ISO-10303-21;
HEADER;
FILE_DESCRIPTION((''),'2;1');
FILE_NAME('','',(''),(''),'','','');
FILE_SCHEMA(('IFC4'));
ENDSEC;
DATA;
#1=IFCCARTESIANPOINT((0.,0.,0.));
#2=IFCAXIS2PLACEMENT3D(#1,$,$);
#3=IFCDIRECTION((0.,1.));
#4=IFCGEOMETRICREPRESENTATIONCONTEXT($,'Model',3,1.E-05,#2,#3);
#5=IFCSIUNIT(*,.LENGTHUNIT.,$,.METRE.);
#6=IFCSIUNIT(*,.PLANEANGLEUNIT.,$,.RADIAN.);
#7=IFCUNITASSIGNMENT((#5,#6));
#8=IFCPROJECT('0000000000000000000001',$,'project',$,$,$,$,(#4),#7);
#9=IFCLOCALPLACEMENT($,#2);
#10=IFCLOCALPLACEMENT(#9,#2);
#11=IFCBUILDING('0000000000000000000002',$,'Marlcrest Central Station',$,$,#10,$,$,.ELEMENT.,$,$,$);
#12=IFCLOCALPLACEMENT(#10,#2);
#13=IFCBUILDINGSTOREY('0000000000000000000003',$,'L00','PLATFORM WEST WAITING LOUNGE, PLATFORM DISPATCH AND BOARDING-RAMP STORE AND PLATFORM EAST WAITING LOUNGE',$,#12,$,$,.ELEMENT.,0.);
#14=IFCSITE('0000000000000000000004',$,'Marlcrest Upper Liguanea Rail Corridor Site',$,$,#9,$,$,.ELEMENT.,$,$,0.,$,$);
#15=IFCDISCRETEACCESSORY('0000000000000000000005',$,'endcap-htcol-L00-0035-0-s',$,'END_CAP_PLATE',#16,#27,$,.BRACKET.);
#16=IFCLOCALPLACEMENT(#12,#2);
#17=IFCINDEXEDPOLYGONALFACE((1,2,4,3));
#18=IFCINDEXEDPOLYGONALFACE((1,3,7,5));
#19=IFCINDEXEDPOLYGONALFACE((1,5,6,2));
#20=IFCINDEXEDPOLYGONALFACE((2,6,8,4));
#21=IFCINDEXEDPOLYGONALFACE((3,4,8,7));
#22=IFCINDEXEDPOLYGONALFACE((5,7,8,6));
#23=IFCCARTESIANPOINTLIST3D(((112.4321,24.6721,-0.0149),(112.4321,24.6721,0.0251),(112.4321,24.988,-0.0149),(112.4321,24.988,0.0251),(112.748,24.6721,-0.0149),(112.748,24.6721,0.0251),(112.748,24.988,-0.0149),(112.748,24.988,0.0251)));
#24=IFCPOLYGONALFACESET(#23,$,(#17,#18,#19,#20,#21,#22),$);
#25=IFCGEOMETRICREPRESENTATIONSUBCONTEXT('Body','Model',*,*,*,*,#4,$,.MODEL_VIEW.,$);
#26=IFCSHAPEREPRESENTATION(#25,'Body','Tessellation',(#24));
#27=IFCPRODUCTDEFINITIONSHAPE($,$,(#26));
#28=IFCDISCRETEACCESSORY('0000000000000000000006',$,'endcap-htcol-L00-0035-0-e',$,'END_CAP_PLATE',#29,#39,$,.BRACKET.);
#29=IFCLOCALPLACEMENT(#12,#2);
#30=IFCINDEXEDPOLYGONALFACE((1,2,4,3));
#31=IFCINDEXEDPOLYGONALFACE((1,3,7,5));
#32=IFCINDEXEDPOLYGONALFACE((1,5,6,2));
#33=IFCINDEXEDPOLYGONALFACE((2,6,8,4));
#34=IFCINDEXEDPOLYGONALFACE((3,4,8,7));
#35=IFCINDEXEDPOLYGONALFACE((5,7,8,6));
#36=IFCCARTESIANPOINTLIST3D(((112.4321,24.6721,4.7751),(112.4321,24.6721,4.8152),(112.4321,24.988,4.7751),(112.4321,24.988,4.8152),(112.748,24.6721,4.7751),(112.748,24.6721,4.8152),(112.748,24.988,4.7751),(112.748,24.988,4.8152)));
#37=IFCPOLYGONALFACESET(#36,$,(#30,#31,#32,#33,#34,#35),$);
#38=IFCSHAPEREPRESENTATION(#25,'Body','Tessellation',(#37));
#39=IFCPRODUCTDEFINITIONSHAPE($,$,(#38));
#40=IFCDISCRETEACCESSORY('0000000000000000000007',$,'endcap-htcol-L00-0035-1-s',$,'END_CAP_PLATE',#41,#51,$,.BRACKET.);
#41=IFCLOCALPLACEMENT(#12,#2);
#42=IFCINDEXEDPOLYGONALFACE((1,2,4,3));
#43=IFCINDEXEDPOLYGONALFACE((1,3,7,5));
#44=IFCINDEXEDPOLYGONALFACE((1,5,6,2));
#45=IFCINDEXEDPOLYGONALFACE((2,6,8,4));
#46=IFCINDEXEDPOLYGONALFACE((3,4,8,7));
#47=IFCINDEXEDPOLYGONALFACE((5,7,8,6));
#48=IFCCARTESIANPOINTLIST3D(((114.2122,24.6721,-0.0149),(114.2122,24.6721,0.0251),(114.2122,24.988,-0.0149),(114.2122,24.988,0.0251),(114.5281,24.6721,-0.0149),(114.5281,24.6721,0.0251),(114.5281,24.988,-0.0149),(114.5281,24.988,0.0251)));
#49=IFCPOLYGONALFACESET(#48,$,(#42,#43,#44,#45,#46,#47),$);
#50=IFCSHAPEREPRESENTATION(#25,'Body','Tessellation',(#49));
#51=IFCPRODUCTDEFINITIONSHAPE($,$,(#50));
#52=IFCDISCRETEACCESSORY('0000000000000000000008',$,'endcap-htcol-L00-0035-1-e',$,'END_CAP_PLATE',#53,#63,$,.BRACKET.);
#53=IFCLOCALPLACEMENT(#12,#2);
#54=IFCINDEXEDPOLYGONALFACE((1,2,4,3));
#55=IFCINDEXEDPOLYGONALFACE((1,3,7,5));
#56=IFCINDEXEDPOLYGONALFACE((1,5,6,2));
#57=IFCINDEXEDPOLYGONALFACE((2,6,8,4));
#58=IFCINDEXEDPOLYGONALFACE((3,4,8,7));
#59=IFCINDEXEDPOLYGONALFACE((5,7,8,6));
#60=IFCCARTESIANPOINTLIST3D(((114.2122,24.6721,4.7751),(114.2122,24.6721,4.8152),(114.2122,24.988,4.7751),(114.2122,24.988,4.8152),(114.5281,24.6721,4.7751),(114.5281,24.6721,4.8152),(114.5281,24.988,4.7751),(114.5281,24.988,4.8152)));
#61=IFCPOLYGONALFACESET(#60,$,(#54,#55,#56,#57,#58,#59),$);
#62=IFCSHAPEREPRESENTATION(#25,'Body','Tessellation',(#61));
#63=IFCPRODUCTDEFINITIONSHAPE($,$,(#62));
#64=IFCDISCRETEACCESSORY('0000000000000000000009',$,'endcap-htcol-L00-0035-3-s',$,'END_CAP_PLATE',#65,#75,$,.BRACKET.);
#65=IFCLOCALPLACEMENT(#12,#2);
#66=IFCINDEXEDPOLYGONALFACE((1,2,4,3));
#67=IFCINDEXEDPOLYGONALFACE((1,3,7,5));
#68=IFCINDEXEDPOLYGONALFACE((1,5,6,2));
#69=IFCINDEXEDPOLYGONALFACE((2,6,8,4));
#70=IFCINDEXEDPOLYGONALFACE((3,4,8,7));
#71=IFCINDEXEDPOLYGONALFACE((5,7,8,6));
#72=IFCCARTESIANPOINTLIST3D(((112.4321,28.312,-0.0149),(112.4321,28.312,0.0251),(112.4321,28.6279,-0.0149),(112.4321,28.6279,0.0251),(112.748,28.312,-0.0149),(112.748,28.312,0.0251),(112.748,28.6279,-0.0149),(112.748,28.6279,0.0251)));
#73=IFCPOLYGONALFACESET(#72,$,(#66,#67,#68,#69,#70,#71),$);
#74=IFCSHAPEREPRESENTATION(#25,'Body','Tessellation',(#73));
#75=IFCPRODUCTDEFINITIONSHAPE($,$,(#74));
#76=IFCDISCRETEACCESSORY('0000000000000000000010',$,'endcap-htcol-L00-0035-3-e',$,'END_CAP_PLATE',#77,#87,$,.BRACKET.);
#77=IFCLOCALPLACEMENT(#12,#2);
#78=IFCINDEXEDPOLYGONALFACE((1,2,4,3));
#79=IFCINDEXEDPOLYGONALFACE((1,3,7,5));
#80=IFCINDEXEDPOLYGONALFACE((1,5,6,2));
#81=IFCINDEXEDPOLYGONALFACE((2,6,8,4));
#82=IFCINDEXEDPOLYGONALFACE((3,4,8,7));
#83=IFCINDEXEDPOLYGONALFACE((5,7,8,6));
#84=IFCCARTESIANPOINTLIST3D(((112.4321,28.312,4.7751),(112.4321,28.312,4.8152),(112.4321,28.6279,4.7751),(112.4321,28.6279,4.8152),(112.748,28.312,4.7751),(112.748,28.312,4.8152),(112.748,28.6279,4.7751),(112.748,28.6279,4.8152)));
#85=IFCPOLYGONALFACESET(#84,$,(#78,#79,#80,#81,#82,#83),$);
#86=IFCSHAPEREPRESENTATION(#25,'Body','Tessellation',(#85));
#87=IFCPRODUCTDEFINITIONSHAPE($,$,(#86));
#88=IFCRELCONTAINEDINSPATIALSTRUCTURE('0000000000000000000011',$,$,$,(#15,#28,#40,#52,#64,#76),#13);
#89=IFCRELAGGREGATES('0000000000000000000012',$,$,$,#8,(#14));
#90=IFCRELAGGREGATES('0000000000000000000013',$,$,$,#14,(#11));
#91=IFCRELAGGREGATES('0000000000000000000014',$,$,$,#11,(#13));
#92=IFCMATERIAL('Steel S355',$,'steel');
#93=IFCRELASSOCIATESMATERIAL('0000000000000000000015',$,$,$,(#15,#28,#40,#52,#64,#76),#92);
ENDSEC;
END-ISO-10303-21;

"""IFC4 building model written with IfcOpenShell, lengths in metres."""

from ifc_helpers import new_model, si_unit, direction, frame, origin, origin_2d, place, context, subcontext, project, spatial, rectangle, extrude, material, element, save


model = new_model("IFC4")

# Units and contexts
model_context = context("Model", 3, precision=1e-05, world=origin(), true_north=direction((0.0, 1.0)))
body_context = subcontext(model_context, "Body", "Model", "MODEL_VIEW")
ifc_project = project(units=[si_unit("LENGTHUNIT", "METRE"), si_unit("PLANEANGLEUNIT", "RADIAN")], contexts=[model_context])

# Site, building, storey
site_placement = place(None, origin())
site = spatial("IfcSite", under=ifc_project, at=site_placement, Name="Marlcrest Upper Liguanea Rail Corridor Site", CompositionType="ELEMENT", RefElevation=0.0)
building_placement = place(site_placement, origin())
building = spatial("IfcBuilding", under=site, at=building_placement, Name="Marlcrest Central Station", CompositionType="ELEMENT")
storey_placement = place(building_placement, origin())
storey = spatial("IfcBuildingStorey", under=building, at=storey_placement, Name="L00", Description="PLATFORM WEST WAITING LOUNGE, PLATFORM DISPATCH AND BOARDING-RAMP STORE AND PLATFORM EAST WAITING LOUNGE", CompositionType="ELEMENT", Elevation=0.0)

# Shared definitions
ifc_material_1 = material(Name="Steel S355", Category="steel")

# Discrete accessories
for number, where, z_axis, x_axis, name in (
    (1, (112.5901, 24.8301, -0.0149), (0.0, 0.0, 1.0), (1.0, 0.0, 0.0), "endcap-htcol-L00-0035-0-s"),
    (2, (112.5901, 24.8301, 4.7751), (0.0, 0.0, 1.0), (1.0, 0.0, 0.0), "endcap-htcol-L00-0035-0-e"),
    (3, (114.3701, 24.8301, -0.0149), (0.0, 0.0, 1.0), (1.0, 0.0, 0.0), "endcap-htcol-L00-0035-1-s"),
    (4, (114.3701, 24.8301, 4.7751), (0.0, 0.0, 1.0), (1.0, 0.0, 0.0), "endcap-htcol-L00-0035-1-e"),
    (5, (112.5901, 28.47, -0.0149), (0.0, 0.0, 1.0), (1.0, 0.0, 0.0), "endcap-htcol-L00-0035-3-s"),
    (6, (112.5901, 28.47, 4.7751), (0.0, 0.0, 1.0), (1.0, 0.0, 0.0), "endcap-htcol-L00-0035-3-e"),
):
    element("IfcDiscreteAccessory", number, at=place(storey_placement, frame(where, z_axis=z_axis, x_axis=x_axis)), inside=storey, material=ifc_material_1, Name=name, ObjectType="END_CAP_PLATE", PredefinedType="BRACKET", context=body_context, shape_type="SweptSolid", body=[
        extrude(rectangle(XDim=0.3159, YDim=0.3159, at=origin_2d()), origin(), (0.0, 0.0, 1.0), 0.04),
    ])

save(model, "model.ifc")
